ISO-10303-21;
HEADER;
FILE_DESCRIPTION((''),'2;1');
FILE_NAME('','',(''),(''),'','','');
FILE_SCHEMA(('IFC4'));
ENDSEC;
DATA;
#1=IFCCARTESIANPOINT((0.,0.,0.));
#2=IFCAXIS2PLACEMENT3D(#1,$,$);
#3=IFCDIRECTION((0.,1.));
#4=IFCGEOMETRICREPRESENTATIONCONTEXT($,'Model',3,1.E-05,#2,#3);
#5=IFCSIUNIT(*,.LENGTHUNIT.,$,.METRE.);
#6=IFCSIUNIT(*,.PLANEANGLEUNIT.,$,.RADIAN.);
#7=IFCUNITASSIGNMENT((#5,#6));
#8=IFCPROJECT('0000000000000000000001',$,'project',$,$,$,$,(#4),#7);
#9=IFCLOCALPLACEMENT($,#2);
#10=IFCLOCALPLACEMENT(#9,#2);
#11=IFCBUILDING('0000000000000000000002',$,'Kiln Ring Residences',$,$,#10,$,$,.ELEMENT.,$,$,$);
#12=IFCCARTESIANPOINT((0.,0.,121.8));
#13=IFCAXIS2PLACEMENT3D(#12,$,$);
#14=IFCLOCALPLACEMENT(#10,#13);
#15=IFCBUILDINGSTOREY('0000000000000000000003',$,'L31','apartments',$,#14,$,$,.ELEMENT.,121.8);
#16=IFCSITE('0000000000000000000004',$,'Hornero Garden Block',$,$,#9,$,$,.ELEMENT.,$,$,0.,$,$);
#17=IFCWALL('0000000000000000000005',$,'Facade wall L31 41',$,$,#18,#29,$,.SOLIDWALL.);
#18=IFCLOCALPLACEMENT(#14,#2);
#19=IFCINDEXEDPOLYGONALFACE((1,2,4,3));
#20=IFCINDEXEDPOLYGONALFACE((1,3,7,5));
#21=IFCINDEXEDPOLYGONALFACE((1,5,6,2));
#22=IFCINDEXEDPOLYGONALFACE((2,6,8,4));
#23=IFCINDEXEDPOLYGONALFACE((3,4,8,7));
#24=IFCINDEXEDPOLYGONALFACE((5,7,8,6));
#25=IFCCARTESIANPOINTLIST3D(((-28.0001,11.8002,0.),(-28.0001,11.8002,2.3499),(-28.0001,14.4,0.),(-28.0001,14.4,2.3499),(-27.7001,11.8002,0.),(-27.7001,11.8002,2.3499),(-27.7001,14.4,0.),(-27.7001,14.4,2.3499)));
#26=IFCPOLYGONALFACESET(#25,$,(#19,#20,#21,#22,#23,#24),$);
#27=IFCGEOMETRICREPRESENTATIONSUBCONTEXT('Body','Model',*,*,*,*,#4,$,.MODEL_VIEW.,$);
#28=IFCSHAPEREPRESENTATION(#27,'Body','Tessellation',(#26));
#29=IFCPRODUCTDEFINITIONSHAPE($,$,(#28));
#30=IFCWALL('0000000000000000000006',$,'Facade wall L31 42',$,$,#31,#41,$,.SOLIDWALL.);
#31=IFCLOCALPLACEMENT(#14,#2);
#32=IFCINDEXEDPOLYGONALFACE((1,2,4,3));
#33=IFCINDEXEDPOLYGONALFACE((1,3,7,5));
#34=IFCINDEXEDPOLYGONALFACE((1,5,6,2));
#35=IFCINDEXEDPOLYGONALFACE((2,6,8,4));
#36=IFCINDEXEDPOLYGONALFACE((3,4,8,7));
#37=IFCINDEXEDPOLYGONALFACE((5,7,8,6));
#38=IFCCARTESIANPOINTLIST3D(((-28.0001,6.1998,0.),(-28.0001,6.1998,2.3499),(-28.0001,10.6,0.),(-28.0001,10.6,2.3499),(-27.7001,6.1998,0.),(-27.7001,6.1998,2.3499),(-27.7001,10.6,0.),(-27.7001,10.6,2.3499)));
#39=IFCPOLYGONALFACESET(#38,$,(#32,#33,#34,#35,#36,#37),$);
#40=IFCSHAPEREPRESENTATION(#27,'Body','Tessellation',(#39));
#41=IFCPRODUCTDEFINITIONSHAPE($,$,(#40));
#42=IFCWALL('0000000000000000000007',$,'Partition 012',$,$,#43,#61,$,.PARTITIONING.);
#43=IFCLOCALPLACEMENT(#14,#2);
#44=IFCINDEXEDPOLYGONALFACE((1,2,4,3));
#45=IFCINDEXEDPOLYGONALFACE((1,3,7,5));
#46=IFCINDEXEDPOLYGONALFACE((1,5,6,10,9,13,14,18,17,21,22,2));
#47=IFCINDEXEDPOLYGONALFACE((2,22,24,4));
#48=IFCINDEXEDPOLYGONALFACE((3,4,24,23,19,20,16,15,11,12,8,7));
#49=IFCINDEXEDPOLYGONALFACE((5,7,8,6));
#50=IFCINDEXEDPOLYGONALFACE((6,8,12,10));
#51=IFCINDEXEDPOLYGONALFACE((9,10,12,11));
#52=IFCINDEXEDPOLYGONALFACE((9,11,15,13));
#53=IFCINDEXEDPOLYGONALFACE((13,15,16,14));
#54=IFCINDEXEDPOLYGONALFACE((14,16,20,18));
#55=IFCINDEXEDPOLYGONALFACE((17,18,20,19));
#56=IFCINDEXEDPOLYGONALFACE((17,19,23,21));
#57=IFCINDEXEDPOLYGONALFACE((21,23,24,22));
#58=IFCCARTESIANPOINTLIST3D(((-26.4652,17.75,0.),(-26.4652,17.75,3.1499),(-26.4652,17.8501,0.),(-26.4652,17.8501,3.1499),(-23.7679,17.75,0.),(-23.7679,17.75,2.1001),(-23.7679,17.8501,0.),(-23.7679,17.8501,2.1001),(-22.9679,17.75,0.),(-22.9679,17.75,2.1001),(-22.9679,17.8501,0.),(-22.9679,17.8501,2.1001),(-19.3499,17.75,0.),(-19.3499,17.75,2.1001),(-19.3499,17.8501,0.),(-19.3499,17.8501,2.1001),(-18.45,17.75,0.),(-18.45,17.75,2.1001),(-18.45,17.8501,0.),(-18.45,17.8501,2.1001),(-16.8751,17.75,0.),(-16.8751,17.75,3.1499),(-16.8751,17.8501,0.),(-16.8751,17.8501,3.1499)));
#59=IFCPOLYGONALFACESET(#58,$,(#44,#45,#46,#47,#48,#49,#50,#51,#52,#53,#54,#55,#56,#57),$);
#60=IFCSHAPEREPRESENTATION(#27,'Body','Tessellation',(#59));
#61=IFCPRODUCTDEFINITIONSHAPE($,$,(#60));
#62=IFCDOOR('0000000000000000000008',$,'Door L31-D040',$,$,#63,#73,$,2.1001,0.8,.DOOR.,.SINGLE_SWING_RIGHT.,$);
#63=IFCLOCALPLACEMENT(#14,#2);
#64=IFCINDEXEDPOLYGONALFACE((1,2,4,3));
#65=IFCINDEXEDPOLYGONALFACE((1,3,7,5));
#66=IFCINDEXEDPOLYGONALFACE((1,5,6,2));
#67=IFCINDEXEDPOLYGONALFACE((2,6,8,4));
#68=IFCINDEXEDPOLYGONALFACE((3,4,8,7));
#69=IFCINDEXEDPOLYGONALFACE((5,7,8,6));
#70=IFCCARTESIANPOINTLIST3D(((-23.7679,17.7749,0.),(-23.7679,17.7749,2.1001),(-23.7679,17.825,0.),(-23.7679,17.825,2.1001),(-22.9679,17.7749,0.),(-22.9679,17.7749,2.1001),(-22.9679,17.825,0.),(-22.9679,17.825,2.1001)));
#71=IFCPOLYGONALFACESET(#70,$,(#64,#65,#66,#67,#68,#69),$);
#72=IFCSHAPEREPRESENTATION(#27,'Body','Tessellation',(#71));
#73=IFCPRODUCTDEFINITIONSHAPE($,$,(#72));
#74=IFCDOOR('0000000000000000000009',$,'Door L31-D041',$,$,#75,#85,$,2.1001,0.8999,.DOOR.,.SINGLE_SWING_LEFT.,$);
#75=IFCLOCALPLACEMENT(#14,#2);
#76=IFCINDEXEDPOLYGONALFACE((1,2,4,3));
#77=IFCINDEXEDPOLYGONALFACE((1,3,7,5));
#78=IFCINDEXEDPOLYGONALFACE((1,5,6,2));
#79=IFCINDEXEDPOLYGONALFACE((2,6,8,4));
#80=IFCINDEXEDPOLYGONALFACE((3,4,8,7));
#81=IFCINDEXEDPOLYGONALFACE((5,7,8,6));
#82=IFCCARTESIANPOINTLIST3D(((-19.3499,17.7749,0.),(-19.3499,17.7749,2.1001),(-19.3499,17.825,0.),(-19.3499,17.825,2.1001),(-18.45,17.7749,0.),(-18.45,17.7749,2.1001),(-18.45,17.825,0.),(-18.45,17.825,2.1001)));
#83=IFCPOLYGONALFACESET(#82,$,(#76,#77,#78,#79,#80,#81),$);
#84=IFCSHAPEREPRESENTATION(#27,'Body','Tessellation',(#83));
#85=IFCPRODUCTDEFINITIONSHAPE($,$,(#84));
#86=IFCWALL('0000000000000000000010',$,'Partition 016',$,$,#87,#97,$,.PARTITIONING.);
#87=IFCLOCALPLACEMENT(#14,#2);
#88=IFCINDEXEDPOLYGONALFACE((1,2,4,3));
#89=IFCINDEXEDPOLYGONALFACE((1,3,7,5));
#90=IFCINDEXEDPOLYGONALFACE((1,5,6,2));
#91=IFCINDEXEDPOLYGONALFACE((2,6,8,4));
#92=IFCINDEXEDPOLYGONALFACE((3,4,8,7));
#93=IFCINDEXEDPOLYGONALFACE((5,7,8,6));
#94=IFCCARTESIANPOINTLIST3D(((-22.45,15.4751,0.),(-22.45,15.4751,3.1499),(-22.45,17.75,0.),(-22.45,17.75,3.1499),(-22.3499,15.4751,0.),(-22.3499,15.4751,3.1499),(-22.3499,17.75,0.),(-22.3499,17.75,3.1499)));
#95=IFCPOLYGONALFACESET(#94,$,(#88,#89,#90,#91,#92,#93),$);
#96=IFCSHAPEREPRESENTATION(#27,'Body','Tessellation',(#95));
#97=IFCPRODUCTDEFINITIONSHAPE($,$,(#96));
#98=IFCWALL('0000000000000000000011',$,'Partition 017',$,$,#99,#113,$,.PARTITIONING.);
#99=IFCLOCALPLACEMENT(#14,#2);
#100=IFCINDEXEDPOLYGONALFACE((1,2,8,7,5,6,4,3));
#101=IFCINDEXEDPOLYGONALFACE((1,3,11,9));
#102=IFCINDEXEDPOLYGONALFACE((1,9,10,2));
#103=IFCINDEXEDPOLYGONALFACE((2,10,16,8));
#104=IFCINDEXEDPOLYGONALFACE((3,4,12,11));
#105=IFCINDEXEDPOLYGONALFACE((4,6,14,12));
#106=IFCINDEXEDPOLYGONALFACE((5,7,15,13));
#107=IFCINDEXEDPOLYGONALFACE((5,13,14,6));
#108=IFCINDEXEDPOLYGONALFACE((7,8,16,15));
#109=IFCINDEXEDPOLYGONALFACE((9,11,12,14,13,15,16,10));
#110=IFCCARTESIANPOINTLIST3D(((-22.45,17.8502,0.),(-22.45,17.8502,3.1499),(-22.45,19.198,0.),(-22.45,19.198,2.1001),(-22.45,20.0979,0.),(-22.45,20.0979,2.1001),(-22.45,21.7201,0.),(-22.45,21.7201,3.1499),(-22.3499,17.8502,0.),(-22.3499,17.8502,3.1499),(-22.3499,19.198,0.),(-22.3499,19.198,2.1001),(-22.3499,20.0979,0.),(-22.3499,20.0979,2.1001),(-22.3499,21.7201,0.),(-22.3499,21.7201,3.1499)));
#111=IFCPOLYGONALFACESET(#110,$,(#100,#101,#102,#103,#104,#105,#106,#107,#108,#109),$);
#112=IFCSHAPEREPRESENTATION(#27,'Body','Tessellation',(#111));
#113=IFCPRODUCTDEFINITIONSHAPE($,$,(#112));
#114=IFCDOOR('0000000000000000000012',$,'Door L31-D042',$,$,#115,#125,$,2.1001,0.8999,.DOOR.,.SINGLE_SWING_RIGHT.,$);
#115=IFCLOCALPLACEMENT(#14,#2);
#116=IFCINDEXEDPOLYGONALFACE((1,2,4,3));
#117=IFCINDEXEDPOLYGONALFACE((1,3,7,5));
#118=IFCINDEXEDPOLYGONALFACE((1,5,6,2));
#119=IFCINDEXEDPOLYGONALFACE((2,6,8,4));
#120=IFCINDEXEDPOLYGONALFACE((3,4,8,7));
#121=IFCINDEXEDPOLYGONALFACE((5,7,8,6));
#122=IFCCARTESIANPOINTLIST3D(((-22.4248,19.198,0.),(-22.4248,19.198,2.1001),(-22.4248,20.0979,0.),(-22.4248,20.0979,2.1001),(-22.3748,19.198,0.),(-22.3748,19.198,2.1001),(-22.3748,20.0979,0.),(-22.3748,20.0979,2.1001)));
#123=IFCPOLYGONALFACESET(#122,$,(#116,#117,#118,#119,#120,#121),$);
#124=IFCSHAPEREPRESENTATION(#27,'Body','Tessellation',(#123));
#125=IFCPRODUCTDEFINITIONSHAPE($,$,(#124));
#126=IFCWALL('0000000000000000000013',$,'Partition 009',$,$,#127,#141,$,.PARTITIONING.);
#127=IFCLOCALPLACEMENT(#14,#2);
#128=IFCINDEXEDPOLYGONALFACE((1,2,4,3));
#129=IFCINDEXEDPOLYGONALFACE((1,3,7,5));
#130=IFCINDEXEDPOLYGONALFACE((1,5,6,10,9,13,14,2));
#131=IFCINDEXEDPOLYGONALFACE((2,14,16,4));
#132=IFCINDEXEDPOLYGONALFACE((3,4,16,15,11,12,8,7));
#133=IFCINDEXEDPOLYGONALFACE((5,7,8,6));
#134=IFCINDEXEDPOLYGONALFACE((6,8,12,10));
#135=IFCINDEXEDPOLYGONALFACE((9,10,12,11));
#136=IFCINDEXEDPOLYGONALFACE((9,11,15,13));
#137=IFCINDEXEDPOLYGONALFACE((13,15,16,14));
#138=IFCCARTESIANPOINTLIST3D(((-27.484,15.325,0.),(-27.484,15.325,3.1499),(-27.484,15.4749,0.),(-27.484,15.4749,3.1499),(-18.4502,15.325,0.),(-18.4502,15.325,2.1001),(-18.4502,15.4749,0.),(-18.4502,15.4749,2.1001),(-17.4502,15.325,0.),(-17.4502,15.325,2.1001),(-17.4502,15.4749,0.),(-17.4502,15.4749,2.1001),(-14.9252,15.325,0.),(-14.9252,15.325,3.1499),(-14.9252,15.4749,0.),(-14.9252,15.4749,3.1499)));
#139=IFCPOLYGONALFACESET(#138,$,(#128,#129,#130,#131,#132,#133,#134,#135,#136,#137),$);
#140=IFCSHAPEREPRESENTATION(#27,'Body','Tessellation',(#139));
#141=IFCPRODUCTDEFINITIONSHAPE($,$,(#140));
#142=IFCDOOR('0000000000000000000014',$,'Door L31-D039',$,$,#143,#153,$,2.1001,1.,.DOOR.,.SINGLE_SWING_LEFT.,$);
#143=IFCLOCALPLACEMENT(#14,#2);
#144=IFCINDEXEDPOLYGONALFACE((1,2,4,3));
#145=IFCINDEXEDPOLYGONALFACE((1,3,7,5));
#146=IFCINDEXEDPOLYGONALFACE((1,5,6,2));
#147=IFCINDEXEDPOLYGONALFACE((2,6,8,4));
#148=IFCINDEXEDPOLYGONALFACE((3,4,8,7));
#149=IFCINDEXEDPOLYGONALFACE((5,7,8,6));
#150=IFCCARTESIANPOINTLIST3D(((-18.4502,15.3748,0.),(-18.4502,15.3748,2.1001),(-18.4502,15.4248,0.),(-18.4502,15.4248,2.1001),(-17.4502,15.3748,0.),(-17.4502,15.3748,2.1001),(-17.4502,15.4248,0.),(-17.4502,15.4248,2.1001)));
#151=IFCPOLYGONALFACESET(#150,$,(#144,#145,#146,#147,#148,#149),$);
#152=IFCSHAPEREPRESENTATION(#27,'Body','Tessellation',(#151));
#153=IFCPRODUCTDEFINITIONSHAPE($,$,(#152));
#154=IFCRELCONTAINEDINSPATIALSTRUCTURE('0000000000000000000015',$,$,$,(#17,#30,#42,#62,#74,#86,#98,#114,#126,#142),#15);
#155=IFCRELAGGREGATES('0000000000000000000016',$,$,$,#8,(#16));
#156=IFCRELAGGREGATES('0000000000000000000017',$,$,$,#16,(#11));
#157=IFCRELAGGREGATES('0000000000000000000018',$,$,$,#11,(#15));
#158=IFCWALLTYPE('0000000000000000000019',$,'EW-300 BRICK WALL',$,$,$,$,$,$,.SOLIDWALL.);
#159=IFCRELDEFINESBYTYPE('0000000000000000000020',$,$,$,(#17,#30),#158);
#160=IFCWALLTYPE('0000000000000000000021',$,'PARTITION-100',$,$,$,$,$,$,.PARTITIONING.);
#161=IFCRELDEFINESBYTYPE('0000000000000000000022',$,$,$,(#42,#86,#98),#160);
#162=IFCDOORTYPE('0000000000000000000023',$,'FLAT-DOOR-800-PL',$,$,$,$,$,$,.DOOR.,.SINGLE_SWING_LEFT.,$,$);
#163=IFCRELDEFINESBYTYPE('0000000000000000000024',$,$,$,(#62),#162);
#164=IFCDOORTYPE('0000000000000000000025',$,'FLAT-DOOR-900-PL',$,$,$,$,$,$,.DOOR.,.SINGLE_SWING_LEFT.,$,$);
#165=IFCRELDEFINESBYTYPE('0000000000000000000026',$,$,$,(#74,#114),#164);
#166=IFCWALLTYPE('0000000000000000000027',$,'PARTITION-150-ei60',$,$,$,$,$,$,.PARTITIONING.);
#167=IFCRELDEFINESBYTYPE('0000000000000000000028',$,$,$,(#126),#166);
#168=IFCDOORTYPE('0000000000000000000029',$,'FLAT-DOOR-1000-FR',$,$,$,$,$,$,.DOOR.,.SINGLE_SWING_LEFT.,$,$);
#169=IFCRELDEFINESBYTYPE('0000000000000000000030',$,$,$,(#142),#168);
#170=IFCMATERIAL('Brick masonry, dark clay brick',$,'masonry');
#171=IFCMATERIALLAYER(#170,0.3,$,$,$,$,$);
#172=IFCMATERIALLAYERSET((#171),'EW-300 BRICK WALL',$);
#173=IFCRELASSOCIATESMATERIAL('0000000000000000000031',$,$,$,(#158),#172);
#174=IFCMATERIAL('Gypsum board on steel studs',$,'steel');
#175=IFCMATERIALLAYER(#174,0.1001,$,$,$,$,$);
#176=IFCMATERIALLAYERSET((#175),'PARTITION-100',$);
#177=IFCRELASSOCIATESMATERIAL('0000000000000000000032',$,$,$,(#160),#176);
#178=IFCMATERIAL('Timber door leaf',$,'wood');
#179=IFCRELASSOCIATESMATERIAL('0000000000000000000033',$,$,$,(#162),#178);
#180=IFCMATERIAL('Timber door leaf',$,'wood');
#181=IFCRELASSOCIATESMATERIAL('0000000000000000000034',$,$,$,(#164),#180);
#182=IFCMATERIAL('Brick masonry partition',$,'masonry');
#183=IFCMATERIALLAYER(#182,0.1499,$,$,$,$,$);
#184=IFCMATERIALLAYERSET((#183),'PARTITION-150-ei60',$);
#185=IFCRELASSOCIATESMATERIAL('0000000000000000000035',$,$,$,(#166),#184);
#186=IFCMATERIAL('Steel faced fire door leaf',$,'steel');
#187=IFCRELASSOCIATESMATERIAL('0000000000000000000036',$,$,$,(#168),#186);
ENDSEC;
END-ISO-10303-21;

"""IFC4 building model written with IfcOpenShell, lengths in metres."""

from ifc_helpers import new_model, si_unit, direction, frame, frame_2d, origin, place, context, subcontext, project, spatial, rectangle, extrude, material, layer, layer_set, type_object, element, fill, save


model = new_model("IFC4")

# Units and contexts
model_context = context("Model", 3, precision=1e-05, world=origin(), true_north=direction((0.0, 1.0)))
body_context = subcontext(model_context, "Body", "Model", "MODEL_VIEW")
ifc_project = project(units=[si_unit("LENGTHUNIT", "METRE"), si_unit("PLANEANGLEUNIT", "RADIAN")], contexts=[model_context])

# Site, building, storey
site_placement = place(None, origin())
site = spatial("IfcSite", under=ifc_project, at=site_placement, Name="Hornero Garden Block", CompositionType="ELEMENT", RefElevation=0.0)
building_placement = place(site_placement, origin())
building = spatial("IfcBuilding", under=site, at=building_placement, Name="Kiln Ring Residences", CompositionType="ELEMENT")
storey_placement = place(building_placement, frame((0.0, 0.0, 121.8)))
storey = spatial("IfcBuildingStorey", under=building, at=storey_placement, Name="L31", Description="apartments", CompositionType="ELEMENT", Elevation=121.8)

# Shared definitions
ifc_material_1 = material(Name="Brick masonry, dark clay brick", Category="masonry")
ifc_layer_1 = layer(ifc_material_1, 0.3)
ifc_layer_set_1 = layer_set([ifc_layer_1], Name="EW-300 BRICK WALL")
wall_type_1 = type_object("IfcWallType", Name="EW-300 BRICK WALL", PredefinedType="SOLIDWALL", material=ifc_layer_set_1)

# Walls
wall_1_placement = place(storey_placement, frame((-27.8501, 14.3999, 0.0), z_axis=(0.0, 0.0, 1.0), x_axis=(0.0, -1.0, 0.0)))
element("IfcWall", 1, at=wall_1_placement, inside=storey, type_object=wall_type_1, Name="Facade wall L31 41", PredefinedType="SOLIDWALL", context=body_context, shape_type="SweptSolid", body=[
    extrude(rectangle(XDim=2.5999, YDim=0.3, at=frame_2d((1.2998, 0.0))), origin(), (0.0, 0.0, 1.0), 2.3499),
])
wall_2_placement = place(storey_placement, frame((-27.8501, 10.6001, 0.0), z_axis=(0.0, 0.0, 1.0), x_axis=(0.0, -1.0, 0.0)))
element("IfcWall", 2, at=wall_2_placement, inside=storey, type_object=wall_type_1, Name="Facade wall L31 42", PredefinedType="SOLIDWALL", context=body_context, shape_type="SweptSolid", body=[
    extrude(rectangle(XDim=4.4001, YDim=0.3, at=frame_2d((2.2002, 0.0))), origin(), (0.0, 0.0, 1.0), 2.3499),
])

# Wall, openings, doors
ifc_material_2 = material(Name="Gypsum board on steel studs", Category="steel")
ifc_layer_2 = layer(ifc_material_2, 0.1001)
ifc_layer_set_2 = layer_set([ifc_layer_2], Name="PARTITION-100")
wall_type_2 = type_object("IfcWallType", Name="PARTITION-100", PredefinedType="PARTITIONING", material=ifc_layer_set_2)
wall_3_placement = place(storey_placement, frame((-26.4651, 17.8, 0.0), z_axis=(0.0, 0.0, 1.0), x_axis=(1.0, 0.0, 0.0)))
wall_3 = element("IfcWall", 3, at=wall_3_placement, inside=storey, type_object=wall_type_2, Name="Partition 012", PredefinedType="PARTITIONING", context=body_context, shape_type="SweptSolid", body=[
    extrude(rectangle(XDim=9.5901, YDim=0.1001, at=frame_2d((4.7949, 0.0))), origin(), (0.0, 0.0, 1.0), 3.1499),
])
opening_1_placement = place(wall_3_placement, frame((2.6973, 0.0, 0.0)))
opening_1 = element("IfcOpeningElement", 4, at=opening_1_placement, cuts=wall_3, PredefinedType="OPENING", context=body_context, shape_type="SweptSolid", body=[
    extrude(rectangle(XDim=0.8, YDim=2.1001, at=frame_2d((0.3999, 1.05))), frame((0.0, 0.0601, 0.0), z_axis=(0.0, -1.0, 0.0), x_axis=(1.0, 0.0, 0.0)), (0.0, 0.0, 1.0), 0.1201),
])
opening_2_placement = place(wall_3_placement, frame((7.1152, 0.0, 0.0)))
opening_2 = element("IfcOpeningElement", 5, at=opening_2_placement, cuts=wall_3, PredefinedType="OPENING", context=body_context, shape_type="SweptSolid", body=[
    extrude(rectangle(XDim=0.8999, YDim=2.1001, at=frame_2d((0.45, 1.05))), frame((0.0, 0.0601, 0.0), z_axis=(0.0, -1.0, 0.0), x_axis=(1.0, 0.0, 0.0)), (0.0, 0.0, 1.0), 0.1201),
])
ifc_material_3 = material(Name="Timber door leaf", Category="wood")
door_type_1 = type_object("IfcDoorType", Name="FLAT-DOOR-800-PL", OperationType="SINGLE_SWING_LEFT", PredefinedType="DOOR", material=ifc_material_3)
door_1_placement = place(opening_1_placement, origin())
door_1 = element("IfcDoor", 6, at=door_1_placement, inside=storey, type_object=door_type_1, Name="Door L31-D040", OperationType="SINGLE_SWING_RIGHT", OverallHeight=2.1001, OverallWidth=0.8, PredefinedType="DOOR", context=body_context, shape_type="SweptSolid", body=[
    extrude(rectangle(XDim=0.8, YDim=2.1001, at=frame_2d((0.3999, 1.05))), frame((0.0, 0.0249, 0.0), z_axis=(0.0, -1.0, 0.0), x_axis=(1.0, 0.0, 0.0)), (0.0, 0.0, 1.0), 0.05),
])
fill(opening_1, door_1)
ifc_material_4 = material(Name="Timber door leaf", Category="wood")
door_type_2 = type_object("IfcDoorType", Name="FLAT-DOOR-900-PL", OperationType="SINGLE_SWING_LEFT", PredefinedType="DOOR", material=ifc_material_4)
door_2_placement = place(opening_2_placement, origin())
door_2 = element("IfcDoor", 7, at=door_2_placement, inside=storey, type_object=door_type_2, Name="Door L31-D041", OperationType="SINGLE_SWING_LEFT", OverallHeight=2.1001, OverallWidth=0.8999, PredefinedType="DOOR", context=body_context, shape_type="SweptSolid", body=[
    extrude(rectangle(XDim=0.8999, YDim=2.1001, at=frame_2d((0.45, 1.05))), frame((0.0, 0.0249, 0.0), z_axis=(0.0, -1.0, 0.0), x_axis=(1.0, 0.0, 0.0)), (0.0, 0.0, 1.0), 0.05),
])
fill(opening_2, door_2)

# Wall
wall_4_placement = place(storey_placement, frame((-22.3999, 15.4751, 0.0), z_axis=(0.0, 0.0, 1.0), x_axis=(0.0, 1.0, 0.0)))
element("IfcWall", 8, at=wall_4_placement, inside=storey, type_object=wall_type_2, Name="Partition 016", PredefinedType="PARTITIONING", context=body_context, shape_type="SweptSolid", body=[
    extrude(rectangle(XDim=2.2749, YDim=0.1001, at=frame_2d((1.1375, 0.0))), origin(), (0.0, 0.0, 1.0), 3.1499),
])

# Walls, openings, doors
wall_5_placement = place(storey_placement, frame((-22.3999, 17.8501, 0.0), z_axis=(0.0, 0.0, 1.0), x_axis=(0.0, 1.0, 0.0)))
wall_5 = element("IfcWall", 9, at=wall_5_placement, inside=storey, type_object=wall_type_2, Name="Partition 017", PredefinedType="PARTITIONING", context=body_context, shape_type="SweptSolid", body=[
    extrude(rectangle(XDim=3.8699, YDim=0.1001, at=frame_2d((1.9351, 0.0))), origin(), (0.0, 0.0, 1.0), 3.1499),
])
opening_3_placement = place(wall_5_placement, frame((1.3479, 0.0, 0.0)))
opening_3 = element("IfcOpeningElement", 10, at=opening_3_placement, cuts=wall_5, PredefinedType="OPENING", context=body_context, shape_type="SweptSolid", body=[
    extrude(rectangle(XDim=0.8999, YDim=2.1001, at=frame_2d((0.45, 1.05))), frame((0.0, 0.0601, 0.0), z_axis=(0.0, -1.0, 0.0), x_axis=(1.0, 0.0, 0.0)), (0.0, 0.0, 1.0), 0.1201),
])
door_3_placement = place(opening_3_placement, origin())
door_3 = element("IfcDoor", 11, at=door_3_placement, inside=storey, type_object=door_type_2, Name="Door L31-D042", OperationType="SINGLE_SWING_RIGHT", OverallHeight=2.1001, OverallWidth=0.8999, PredefinedType="DOOR", context=body_context, shape_type="SweptSolid", body=[
    extrude(rectangle(XDim=0.8999, YDim=2.1001, at=frame_2d((0.45, 1.05))), frame((0.0, 0.0249, 0.0), z_axis=(0.0, -1.0, 0.0), x_axis=(1.0, 0.0, 0.0)), (0.0, 0.0, 1.0), 0.05),
])
fill(opening_3, door_3)
ifc_material_5 = material(Name="Brick masonry partition", Category="masonry")
ifc_layer_3 = layer(ifc_material_5, 0.1499)
ifc_layer_set_3 = layer_set([ifc_layer_3], Name="PARTITION-150-ei60")
wall_type_3 = type_object("IfcWallType", Name="PARTITION-150-ei60", PredefinedType="PARTITIONING", material=ifc_layer_set_3)
wall_6_placement = place(storey_placement, frame((-27.4839, 15.3999, 0.0), z_axis=(0.0, 0.0, 1.0), x_axis=(1.0, 0.0, 0.0)))
wall_6 = element("IfcWall", 12, at=wall_6_placement, inside=storey, type_object=wall_type_3, Name="Partition 009", PredefinedType="PARTITIONING", context=body_context, shape_type="SweptSolid", body=[
    extrude(rectangle(XDim=12.5588, YDim=0.1499, at=frame_2d((6.2793, 0.0))), origin(), (0.0, 0.0, 1.0), 3.1499),
])
opening_4_placement = place(wall_6_placement, frame((9.0337, 0.0, 0.0)))
opening_4 = element("IfcOpeningElement", 13, at=opening_4_placement, cuts=wall_6, PredefinedType="OPENING", context=body_context, shape_type="SweptSolid", body=[
    extrude(rectangle(XDim=1.0, YDim=2.1001, at=frame_2d((0.5, 1.05))), frame((0.0, 0.085, 0.0), z_axis=(0.0, -1.0, 0.0), x_axis=(1.0, 0.0, 0.0)), (0.0, 0.0, 1.0), 0.1699),
])
ifc_material_6 = material(Name="Steel faced fire door leaf", Category="steel")
door_type_3 = type_object("IfcDoorType", Name="FLAT-DOOR-1000-FR", OperationType="SINGLE_SWING_LEFT", PredefinedType="DOOR", material=ifc_material_6)
door_4_placement = place(opening_4_placement, origin())
door_4 = element("IfcDoor", 14, at=door_4_placement, inside=storey, type_object=door_type_3, Name="Door L31-D039", OperationType="SINGLE_SWING_LEFT", OverallHeight=2.1001, OverallWidth=1.0, PredefinedType="DOOR", context=body_context, shape_type="SweptSolid", body=[
    extrude(rectangle(XDim=1.0, YDim=2.1001, at=frame_2d((0.5, 1.05))), frame((0.0, 0.0249, 0.0), z_axis=(0.0, -1.0, 0.0), x_axis=(1.0, 0.0, 0.0)), (0.0, 0.0, 1.0), 0.05),
])
fill(opening_4, door_4)

save(model, "model.ifc")
